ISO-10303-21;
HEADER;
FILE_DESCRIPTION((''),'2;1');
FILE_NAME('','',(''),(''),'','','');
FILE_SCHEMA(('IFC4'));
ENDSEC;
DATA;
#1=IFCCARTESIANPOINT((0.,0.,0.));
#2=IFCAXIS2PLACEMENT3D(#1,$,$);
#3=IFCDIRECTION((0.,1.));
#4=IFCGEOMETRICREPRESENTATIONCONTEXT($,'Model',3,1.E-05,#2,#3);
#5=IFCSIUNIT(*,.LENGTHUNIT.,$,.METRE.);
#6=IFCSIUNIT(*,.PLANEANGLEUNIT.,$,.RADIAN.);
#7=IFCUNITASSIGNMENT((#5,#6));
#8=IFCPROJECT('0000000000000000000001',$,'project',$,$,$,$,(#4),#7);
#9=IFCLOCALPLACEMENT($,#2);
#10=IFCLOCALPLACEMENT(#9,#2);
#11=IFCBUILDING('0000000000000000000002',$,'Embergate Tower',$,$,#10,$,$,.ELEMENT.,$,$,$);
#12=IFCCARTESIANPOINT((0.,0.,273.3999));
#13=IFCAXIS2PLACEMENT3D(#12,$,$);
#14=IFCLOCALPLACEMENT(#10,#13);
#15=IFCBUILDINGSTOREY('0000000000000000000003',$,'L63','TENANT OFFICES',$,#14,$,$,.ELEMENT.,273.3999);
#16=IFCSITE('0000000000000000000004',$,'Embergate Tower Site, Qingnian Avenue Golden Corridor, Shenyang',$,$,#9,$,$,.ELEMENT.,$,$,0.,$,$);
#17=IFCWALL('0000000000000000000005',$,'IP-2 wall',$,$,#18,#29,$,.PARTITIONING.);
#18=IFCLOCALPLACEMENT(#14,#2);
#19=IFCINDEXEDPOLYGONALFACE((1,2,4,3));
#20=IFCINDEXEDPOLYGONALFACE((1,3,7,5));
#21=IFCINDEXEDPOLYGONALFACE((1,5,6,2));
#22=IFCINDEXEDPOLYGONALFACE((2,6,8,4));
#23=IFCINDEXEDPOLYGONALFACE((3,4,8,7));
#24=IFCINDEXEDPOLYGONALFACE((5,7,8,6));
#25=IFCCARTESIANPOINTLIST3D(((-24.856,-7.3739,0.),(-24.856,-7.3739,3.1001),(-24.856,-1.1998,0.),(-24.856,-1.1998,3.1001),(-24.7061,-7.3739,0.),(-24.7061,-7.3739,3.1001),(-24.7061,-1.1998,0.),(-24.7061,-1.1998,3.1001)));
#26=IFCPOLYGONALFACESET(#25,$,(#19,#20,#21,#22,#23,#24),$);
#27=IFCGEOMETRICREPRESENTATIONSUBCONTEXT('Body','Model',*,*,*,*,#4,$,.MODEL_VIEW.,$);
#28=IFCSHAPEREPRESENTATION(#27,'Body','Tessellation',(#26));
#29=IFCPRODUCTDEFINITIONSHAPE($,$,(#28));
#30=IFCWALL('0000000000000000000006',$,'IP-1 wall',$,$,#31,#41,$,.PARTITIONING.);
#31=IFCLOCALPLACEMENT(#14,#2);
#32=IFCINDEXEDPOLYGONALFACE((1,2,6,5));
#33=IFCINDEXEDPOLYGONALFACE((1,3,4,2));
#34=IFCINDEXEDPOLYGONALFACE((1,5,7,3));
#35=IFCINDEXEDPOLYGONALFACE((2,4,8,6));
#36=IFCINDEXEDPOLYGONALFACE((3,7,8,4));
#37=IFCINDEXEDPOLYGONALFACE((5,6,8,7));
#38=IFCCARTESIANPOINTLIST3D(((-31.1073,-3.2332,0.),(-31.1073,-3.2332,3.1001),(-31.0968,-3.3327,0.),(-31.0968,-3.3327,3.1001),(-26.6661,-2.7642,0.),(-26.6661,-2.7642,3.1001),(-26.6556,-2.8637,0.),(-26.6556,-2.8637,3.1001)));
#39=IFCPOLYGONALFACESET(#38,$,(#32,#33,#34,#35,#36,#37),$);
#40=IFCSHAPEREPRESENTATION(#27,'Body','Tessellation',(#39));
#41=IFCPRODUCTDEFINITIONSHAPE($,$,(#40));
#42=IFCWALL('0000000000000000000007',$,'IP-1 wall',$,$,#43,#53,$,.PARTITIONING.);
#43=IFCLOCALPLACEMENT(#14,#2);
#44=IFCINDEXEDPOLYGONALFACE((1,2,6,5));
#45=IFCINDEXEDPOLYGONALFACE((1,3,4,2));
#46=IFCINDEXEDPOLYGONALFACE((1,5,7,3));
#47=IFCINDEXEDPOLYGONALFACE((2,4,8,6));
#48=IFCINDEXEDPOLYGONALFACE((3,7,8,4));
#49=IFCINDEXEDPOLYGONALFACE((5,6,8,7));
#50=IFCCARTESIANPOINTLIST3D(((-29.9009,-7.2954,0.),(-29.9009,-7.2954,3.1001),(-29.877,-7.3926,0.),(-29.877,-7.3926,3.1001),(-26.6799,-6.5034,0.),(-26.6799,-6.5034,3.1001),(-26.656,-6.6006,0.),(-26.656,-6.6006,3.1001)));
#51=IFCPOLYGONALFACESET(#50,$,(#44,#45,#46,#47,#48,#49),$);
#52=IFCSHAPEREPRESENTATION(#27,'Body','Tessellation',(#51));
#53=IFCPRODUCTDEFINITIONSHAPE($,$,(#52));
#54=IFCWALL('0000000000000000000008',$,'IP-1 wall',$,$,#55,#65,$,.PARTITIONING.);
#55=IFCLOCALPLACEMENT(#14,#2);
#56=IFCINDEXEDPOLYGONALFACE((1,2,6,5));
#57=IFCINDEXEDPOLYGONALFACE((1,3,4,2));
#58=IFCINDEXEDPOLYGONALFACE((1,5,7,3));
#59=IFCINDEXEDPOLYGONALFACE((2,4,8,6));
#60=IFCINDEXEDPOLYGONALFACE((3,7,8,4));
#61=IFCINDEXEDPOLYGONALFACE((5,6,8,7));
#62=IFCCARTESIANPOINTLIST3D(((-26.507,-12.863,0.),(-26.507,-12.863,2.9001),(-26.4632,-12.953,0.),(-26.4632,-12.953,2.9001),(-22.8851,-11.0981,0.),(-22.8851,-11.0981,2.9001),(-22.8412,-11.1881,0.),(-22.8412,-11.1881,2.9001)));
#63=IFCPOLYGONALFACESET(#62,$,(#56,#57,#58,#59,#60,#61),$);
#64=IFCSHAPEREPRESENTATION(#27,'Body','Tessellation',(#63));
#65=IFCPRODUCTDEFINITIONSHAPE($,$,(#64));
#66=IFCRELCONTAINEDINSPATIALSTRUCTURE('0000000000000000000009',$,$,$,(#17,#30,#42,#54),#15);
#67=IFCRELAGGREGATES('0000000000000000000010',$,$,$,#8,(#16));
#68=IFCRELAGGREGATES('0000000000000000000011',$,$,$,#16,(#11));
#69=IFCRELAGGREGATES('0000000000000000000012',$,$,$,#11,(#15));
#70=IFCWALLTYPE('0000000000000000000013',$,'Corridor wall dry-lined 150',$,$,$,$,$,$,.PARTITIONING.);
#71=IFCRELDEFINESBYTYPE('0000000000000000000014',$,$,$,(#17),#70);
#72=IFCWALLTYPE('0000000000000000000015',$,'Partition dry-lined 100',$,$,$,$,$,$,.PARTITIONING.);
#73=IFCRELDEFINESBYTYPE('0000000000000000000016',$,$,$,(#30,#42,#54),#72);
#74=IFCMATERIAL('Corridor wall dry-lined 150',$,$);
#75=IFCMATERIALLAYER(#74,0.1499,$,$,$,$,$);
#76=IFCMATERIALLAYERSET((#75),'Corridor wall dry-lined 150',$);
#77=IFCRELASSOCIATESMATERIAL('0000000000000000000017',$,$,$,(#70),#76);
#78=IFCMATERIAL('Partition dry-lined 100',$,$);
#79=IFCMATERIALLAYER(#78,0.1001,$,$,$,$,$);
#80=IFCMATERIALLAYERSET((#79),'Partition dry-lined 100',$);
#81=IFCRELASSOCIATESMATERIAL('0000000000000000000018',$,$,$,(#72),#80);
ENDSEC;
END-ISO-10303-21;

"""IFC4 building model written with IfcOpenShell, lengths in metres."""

from ifc_helpers import new_model, si_unit, direction, frame, frame_2d, origin, place, context, subcontext, project, spatial, rectangle, extrude, source, transform, mapped, material, layer, layer_set, type_object, element, save


model = new_model("IFC4")

# Units and contexts
model_context = context("Model", 3, precision=1e-05, world=origin(), true_north=direction((0.0, 1.0)))
body_context = subcontext(model_context, "Body", "Model", "MODEL_VIEW")
ifc_project = project(units=[si_unit("LENGTHUNIT", "METRE"), si_unit("PLANEANGLEUNIT", "RADIAN")], contexts=[model_context])

# Site, building, storey
site_placement = place(None, origin())
site = spatial("IfcSite", under=ifc_project, at=site_placement, Name="Embergate Tower Site, Qingnian Avenue Golden Corridor, Shenyang", CompositionType="ELEMENT", RefElevation=0.0)
building_placement = place(site_placement, origin())
building = spatial("IfcBuilding", under=site, at=building_placement, Name="Embergate Tower", CompositionType="ELEMENT")
storey_placement = place(building_placement, frame((0.0, 0.0, 273.3999)))
storey = spatial("IfcBuildingStorey", under=building, at=storey_placement, Name="L63", Description="TENANT OFFICES", CompositionType="ELEMENT", Elevation=273.3999)

# Shared definitions
ifc_material_1 = material(Name="Corridor wall dry-lined 150")
ifc_layer_1 = layer(ifc_material_1, 0.1499)
ifc_layer_set_1 = layer_set([ifc_layer_1], Name="Corridor wall dry-lined 150")
wall_type_1 = type_object("IfcWallType", Name="Corridor wall dry-lined 150", PredefinedType="PARTITIONING", material=ifc_layer_set_1)

# Walls
shared_shape_1 = source(origin(), body_context, "Body", "SweptSolid", [
    extrude(rectangle(XDim=6.1741, YDim=0.1499, at=frame_2d((3.0869, 0.0))), origin(), (0.0, 0.0, 1.0), 3.1001),
])
wall_1_placement = place(storey_placement, frame((-24.781, -1.2, 0.0), z_axis=(0.0, 0.0, 1.0), x_axis=(0.0, -1.0, 0.0)))
element("IfcWall", 1, at=wall_1_placement, inside=storey, type_object=wall_type_1, Name="IP-2 wall", PredefinedType="PARTITIONING", context=body_context, shape_type="MappedRepresentation", body=[
    mapped(shared_shape_1, transform((0.0, 0.0, 0.0))),
])
ifc_material_2 = material(Name="Partition dry-lined 100")
ifc_layer_2 = layer(ifc_material_2, 0.1001)
ifc_layer_set_2 = layer_set([ifc_layer_2], Name="Partition dry-lined 100")
wall_type_2 = type_object("IfcWallType", Name="Partition dry-lined 100", PredefinedType="PARTITIONING", material=ifc_layer_set_2)
shared_shape_2 = source(origin(), body_context, "Body", "SweptSolid", [
    extrude(rectangle(XDim=4.4658, YDim=0.1001, at=frame_2d((2.2329, 0.0))), origin(), (0.0, 0.0, 1.0), 3.1001),
])
wall_2_placement = place(storey_placement, frame((-26.6609, -2.814, 0.0), z_axis=(0.0, 0.0, 1.0), x_axis=(-0.99447, -0.105018, 0.0)))
element("IfcWall", 2, at=wall_2_placement, inside=storey, type_object=wall_type_2, Name="IP-1 wall", PredefinedType="PARTITIONING", context=body_context, shape_type="MappedRepresentation", body=[
    mapped(shared_shape_2, transform((0.0, 0.0, 0.0))),
])
shared_shape_3 = source(origin(), body_context, "Body", "SweptSolid", [
    extrude(rectangle(XDim=3.3169, YDim=0.1001, at=frame_2d((1.6584, 0.0))), origin(), (0.0, 0.0, 1.0), 3.1001),
])
wall_3_placement = place(storey_placement, frame((-26.668, -6.552, 0.0), z_axis=(0.0, 0.0, 1.0), x_axis=(-0.971075, -0.238776, 0.0)))
element("IfcWall", 3, at=wall_3_placement, inside=storey, type_object=wall_type_2, Name="IP-1 wall", PredefinedType="PARTITIONING", context=body_context, shape_type="MappedRepresentation", body=[
    mapped(shared_shape_3, transform((0.0, 0.0, 0.0))),
])
shared_shape_4 = source(origin(), body_context, "Body", "SweptSolid", [
    extrude(rectangle(XDim=4.0291, YDim=0.1001, at=frame_2d((2.0146, 0.0))), origin(), (0.0, 0.0, 1.0), 2.9001),
])
wall_4_placement = place(storey_placement, frame((-22.863, -11.1431, 0.0), z_axis=(0.0, 0.0, 1.0), x_axis=(-0.898961, -0.438028, 0.0)))
element("IfcWall", 4, at=wall_4_placement, inside=storey, type_object=wall_type_2, Name="IP-1 wall", PredefinedType="PARTITIONING", context=body_context, shape_type="MappedRepresentation", body=[
    mapped(shared_shape_4, transform((0.0, 0.0, 0.0))),
])

save(model, "model.ifc")
